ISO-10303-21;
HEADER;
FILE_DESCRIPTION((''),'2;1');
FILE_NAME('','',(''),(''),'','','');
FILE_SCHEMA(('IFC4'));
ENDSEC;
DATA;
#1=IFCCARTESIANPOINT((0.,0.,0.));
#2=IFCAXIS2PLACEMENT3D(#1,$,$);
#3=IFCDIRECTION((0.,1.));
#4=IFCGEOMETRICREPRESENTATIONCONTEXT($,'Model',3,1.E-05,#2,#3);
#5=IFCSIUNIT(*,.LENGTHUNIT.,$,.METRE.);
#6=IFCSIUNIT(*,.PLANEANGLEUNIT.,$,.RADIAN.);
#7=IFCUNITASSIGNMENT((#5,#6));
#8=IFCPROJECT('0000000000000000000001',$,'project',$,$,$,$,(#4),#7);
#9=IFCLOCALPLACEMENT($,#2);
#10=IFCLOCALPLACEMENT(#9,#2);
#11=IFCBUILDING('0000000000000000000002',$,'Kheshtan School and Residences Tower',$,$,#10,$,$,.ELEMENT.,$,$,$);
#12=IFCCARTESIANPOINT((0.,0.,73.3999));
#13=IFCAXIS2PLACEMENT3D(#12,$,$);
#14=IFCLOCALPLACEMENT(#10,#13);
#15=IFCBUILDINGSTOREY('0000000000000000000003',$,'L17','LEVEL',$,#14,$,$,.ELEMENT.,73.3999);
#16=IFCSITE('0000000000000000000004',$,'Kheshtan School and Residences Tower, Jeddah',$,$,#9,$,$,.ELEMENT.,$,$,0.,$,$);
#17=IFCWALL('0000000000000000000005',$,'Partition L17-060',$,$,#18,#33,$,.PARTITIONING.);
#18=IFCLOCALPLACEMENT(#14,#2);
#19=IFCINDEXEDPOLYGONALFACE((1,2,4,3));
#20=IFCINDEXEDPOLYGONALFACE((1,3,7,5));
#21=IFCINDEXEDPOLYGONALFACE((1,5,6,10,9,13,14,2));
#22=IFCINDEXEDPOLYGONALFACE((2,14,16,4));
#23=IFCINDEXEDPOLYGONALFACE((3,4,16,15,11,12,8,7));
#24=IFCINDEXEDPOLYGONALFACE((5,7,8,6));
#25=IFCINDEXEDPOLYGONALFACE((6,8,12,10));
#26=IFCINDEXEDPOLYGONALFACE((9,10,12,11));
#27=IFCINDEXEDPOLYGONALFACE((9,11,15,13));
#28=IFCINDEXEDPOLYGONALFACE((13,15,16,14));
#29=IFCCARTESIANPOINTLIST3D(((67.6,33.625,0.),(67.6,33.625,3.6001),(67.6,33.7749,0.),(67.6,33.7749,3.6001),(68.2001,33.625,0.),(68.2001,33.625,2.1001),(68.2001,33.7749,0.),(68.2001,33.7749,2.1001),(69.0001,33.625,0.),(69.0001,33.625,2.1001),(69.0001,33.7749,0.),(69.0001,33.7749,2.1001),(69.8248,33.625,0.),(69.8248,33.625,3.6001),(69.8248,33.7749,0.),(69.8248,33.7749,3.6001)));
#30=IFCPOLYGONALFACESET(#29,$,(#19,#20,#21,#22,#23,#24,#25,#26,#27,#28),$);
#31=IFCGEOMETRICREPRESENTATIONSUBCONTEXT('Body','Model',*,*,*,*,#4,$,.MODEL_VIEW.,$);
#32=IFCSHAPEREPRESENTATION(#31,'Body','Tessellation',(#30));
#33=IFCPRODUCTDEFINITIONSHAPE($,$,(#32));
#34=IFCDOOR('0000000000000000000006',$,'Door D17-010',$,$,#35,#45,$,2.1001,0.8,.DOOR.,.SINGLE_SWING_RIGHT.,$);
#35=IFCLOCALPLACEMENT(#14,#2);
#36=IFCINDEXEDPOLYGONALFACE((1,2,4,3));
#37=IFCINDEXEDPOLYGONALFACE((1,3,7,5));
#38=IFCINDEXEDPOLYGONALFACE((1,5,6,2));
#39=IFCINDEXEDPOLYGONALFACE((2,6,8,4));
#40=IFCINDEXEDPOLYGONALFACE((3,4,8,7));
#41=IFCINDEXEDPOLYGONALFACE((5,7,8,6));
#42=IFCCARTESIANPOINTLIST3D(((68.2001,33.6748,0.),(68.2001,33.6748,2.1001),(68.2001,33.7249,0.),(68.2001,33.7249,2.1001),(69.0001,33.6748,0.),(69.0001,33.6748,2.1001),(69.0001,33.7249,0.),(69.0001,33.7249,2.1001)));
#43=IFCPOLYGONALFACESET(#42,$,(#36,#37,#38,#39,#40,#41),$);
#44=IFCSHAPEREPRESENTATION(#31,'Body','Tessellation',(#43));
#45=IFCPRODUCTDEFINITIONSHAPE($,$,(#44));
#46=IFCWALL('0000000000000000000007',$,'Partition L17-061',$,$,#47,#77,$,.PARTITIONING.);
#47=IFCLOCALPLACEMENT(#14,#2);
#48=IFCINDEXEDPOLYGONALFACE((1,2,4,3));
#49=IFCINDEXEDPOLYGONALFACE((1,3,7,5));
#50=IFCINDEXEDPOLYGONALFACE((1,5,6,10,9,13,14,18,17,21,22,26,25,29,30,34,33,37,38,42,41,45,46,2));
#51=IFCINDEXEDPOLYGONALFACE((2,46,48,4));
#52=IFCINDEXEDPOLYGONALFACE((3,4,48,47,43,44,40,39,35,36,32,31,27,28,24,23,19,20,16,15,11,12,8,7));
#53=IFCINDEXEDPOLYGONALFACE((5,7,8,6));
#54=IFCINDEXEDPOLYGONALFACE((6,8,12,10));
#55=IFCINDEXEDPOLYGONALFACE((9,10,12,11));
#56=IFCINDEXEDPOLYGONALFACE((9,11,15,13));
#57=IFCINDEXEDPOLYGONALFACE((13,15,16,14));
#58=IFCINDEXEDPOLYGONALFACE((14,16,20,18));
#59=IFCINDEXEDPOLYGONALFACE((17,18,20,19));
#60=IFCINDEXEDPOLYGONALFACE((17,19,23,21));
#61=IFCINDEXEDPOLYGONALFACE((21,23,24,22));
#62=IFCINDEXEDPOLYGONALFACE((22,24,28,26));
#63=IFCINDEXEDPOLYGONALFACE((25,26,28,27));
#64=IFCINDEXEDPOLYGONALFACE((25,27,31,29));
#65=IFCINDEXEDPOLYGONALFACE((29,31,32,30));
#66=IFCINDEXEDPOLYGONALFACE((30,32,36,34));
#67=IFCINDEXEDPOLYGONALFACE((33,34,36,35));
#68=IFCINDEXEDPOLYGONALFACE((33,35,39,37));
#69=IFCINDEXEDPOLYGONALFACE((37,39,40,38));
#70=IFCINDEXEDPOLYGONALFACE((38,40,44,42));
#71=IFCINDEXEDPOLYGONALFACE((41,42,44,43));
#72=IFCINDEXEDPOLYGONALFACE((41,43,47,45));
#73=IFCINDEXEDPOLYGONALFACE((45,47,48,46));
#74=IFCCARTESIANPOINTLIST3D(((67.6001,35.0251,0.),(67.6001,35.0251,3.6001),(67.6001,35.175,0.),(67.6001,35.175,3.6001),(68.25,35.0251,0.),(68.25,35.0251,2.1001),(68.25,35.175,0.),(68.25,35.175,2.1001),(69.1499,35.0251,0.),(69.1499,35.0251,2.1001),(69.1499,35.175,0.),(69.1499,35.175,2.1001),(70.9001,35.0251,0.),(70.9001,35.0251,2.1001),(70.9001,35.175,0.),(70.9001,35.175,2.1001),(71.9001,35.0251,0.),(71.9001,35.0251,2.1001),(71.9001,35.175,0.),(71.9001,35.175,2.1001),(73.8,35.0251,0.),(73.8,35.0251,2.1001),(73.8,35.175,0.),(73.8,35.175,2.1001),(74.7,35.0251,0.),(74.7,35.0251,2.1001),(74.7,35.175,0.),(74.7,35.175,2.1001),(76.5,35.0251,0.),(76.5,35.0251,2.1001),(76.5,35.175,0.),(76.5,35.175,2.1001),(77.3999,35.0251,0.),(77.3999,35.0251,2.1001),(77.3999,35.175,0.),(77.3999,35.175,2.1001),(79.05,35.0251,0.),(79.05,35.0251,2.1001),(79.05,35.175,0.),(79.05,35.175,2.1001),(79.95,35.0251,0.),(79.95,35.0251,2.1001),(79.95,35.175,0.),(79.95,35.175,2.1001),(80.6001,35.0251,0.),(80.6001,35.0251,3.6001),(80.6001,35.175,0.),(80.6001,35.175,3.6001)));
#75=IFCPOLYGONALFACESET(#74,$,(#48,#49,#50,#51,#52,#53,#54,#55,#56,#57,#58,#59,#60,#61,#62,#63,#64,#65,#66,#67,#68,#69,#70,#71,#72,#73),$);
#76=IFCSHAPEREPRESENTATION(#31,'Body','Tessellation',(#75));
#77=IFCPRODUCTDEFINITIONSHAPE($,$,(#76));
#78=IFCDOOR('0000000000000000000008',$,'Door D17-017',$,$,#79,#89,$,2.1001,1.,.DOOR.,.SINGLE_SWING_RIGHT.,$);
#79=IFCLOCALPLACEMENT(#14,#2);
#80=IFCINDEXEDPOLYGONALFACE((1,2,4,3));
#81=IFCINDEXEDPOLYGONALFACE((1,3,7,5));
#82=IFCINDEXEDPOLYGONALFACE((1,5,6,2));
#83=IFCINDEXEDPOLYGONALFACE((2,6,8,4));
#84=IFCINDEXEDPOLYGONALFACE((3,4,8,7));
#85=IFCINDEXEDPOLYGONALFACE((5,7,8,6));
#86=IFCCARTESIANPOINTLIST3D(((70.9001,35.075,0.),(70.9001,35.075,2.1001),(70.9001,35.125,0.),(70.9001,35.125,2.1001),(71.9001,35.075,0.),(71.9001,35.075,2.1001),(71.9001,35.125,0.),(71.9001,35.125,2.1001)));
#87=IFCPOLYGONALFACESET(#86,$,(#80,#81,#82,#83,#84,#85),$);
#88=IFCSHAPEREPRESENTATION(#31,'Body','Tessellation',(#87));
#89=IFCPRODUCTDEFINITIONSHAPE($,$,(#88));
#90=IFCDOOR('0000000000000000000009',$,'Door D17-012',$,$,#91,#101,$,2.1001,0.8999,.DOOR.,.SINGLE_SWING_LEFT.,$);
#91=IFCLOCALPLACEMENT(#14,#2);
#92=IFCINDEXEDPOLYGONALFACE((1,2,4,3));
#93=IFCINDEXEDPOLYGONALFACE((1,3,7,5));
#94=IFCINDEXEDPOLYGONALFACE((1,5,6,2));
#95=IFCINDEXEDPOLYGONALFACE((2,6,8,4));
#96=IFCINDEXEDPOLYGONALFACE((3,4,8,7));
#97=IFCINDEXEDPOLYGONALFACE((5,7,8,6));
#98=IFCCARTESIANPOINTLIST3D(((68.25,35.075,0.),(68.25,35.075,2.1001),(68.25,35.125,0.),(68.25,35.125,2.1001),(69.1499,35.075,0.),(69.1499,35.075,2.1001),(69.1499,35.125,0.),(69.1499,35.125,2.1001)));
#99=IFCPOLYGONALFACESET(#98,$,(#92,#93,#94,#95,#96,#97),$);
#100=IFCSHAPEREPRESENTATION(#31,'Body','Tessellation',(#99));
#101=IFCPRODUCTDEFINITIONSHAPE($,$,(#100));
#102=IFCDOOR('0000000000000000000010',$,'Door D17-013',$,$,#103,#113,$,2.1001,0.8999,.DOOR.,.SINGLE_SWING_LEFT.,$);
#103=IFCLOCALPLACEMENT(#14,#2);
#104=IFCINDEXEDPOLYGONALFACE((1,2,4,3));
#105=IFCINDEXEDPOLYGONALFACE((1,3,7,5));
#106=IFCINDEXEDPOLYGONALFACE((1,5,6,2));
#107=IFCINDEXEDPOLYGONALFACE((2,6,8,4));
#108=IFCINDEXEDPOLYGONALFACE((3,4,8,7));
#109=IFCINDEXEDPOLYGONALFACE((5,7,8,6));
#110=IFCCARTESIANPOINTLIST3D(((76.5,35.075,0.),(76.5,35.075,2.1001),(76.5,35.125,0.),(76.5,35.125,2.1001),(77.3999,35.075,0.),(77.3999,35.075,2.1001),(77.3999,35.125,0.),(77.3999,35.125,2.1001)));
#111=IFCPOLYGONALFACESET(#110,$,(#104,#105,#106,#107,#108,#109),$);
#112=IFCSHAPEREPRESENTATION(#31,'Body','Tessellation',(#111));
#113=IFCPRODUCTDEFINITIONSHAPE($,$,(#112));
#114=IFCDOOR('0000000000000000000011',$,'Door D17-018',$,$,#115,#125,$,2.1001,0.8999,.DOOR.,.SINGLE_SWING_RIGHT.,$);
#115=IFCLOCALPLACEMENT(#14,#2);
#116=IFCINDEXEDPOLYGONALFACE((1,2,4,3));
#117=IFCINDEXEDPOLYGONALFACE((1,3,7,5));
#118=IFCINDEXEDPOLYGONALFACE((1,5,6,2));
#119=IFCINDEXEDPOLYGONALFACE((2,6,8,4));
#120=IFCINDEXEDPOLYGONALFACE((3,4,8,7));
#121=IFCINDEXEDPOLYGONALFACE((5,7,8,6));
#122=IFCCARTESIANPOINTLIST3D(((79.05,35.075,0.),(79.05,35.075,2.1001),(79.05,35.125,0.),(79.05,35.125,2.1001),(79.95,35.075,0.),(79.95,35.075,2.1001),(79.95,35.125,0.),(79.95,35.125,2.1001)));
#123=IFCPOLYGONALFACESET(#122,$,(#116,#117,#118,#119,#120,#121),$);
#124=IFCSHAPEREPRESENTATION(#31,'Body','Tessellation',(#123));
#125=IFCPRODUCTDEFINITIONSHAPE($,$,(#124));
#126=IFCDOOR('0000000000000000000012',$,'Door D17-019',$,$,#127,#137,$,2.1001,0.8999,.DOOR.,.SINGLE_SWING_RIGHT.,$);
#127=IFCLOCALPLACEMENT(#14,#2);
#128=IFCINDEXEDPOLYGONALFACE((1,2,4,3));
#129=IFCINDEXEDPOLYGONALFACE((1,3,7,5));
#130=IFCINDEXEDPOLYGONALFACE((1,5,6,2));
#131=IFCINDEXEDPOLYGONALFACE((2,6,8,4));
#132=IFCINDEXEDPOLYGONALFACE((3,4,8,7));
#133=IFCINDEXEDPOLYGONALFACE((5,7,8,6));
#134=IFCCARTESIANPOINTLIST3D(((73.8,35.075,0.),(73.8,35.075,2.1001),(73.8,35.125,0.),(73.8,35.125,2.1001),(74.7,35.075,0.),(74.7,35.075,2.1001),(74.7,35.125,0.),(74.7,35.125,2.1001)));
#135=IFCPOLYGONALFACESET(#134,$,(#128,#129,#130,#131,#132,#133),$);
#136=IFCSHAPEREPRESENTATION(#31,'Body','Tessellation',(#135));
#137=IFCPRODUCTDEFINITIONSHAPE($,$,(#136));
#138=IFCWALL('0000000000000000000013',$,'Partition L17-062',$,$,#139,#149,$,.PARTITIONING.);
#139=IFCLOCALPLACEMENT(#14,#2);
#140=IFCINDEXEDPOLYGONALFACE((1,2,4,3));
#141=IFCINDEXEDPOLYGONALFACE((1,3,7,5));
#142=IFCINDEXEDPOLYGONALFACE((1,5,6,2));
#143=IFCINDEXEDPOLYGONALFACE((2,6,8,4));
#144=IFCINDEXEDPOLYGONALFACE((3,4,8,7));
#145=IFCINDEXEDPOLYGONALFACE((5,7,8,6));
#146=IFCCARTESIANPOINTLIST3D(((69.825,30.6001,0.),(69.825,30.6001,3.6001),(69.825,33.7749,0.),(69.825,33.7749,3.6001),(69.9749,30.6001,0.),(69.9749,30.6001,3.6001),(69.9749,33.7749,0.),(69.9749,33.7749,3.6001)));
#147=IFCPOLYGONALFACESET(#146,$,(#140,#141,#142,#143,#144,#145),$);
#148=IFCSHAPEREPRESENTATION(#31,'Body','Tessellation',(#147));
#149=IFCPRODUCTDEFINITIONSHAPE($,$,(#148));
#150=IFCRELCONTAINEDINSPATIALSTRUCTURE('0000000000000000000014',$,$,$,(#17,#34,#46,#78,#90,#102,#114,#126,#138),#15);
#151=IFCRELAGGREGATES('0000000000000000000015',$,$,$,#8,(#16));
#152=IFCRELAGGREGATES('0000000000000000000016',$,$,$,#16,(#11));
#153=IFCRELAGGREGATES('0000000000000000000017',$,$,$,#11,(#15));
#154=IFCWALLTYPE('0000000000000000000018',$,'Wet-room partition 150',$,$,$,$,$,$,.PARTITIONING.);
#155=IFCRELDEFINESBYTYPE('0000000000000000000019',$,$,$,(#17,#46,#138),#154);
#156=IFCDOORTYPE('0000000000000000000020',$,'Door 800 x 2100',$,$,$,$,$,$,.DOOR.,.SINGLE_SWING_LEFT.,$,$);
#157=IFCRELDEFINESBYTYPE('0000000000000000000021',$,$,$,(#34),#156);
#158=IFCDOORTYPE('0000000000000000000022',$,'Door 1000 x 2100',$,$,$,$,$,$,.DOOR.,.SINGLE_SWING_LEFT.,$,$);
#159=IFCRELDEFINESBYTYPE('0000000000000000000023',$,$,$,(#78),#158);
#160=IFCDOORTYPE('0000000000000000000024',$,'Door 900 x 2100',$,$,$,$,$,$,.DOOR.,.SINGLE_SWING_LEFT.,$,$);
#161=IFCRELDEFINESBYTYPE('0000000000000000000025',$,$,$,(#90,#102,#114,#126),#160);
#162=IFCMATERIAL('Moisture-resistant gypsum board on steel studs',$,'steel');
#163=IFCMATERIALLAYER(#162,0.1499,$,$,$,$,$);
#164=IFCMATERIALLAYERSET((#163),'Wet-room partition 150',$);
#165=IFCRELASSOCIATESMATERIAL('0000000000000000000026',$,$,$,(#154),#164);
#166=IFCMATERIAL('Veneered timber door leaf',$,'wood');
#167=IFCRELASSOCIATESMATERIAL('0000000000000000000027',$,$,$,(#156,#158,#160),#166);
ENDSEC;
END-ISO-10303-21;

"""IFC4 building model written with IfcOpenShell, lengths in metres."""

from ifc_helpers import new_model, si_unit, direction, frame, frame_2d, origin, place, context, subcontext, project, spatial, rectangle, extrude, source, transform, mapped, material, layer, layer_set, type_object, element, fill, save


model = new_model("IFC4")

# Units and contexts
model_context = context("Model", 3, precision=1e-05, world=origin(), true_north=direction((0.0, 1.0)))
body_context = subcontext(model_context, "Body", "Model", "MODEL_VIEW")
ifc_project = project(units=[si_unit("LENGTHUNIT", "METRE"), si_unit("PLANEANGLEUNIT", "RADIAN")], contexts=[model_context])

# Site, building, storey
site_placement = place(None, origin())
site = spatial("IfcSite", under=ifc_project, at=site_placement, Name="Kheshtan School and Residences Tower, Jeddah", CompositionType="ELEMENT", RefElevation=0.0)
building_placement = place(site_placement, origin())
building = spatial("IfcBuilding", under=site, at=building_placement, Name="Kheshtan School and Residences Tower", CompositionType="ELEMENT")
storey_placement = place(building_placement, frame((0.0, 0.0, 73.3999)))
storey = spatial("IfcBuildingStorey", under=building, at=storey_placement, Name="L17", Description="LEVEL", CompositionType="ELEMENT", Elevation=73.3999)

# Wall, opening, door
ifc_material_1 = material(Name="Moisture-resistant gypsum board on steel studs", Category="steel")
ifc_layer_1 = layer(ifc_material_1, 0.1499)
ifc_layer_set_1 = layer_set([ifc_layer_1], Name="Wet-room partition 150")
wall_type_1 = type_object("IfcWallType", Name="Wet-room partition 150", PredefinedType="PARTITIONING", material=ifc_layer_set_1)
wall_1_placement = place(storey_placement, frame((67.6001, 33.7, 0.0), z_axis=(0.0, 0.0, 1.0), x_axis=(1.0, 0.0, 0.0)))
wall_1 = element("IfcWall", 1, at=wall_1_placement, inside=storey, type_object=wall_type_1, Name="Partition L17-060", PredefinedType="PARTITIONING", context=body_context, shape_type="SweptSolid", body=[
    extrude(rectangle(XDim=2.2249, YDim=0.1499, at=frame_2d((1.1123, 0.0))), origin(), (0.0, 0.0, 1.0), 3.6001),
])
opening_1_placement = place(wall_1_placement, frame((0.6001, 0.0, 0.0)))
opening_1 = element("IfcOpeningElement", 2, at=opening_1_placement, cuts=wall_1, PredefinedType="OPENING", context=body_context, shape_type="SweptSolid", body=[
    extrude(rectangle(XDim=0.8, YDim=2.1001, at=frame_2d((0.3999, 1.05))), frame((0.0, 0.085, 0.0), z_axis=(0.0, -1.0, 0.0), x_axis=(1.0, 0.0, 0.0)), (0.0, 0.0, 1.0), 0.1699),
])
ifc_material_2 = material(Name="Veneered timber door leaf", Category="wood")
door_type_1 = type_object("IfcDoorType", Name="Door 800 x 2100", OperationType="SINGLE_SWING_LEFT", PredefinedType="DOOR", material=ifc_material_2)
shared_shape_1 = source(origin(), body_context, "Body", "SweptSolid", [
    extrude(rectangle(XDim=0.8, YDim=2.1001, at=frame_2d((0.3999, 1.05))), frame((0.0, 0.0249, 0.0), z_axis=(0.0, -1.0, 0.0), x_axis=(1.0, 0.0, 0.0)), (0.0, 0.0, 1.0), 0.05),
])
door_1_placement = place(opening_1_placement, origin())
door_1 = element("IfcDoor", 3, at=door_1_placement, inside=storey, type_object=door_type_1, Name="Door D17-010", OperationType="SINGLE_SWING_RIGHT", OverallHeight=2.1001, OverallWidth=0.8, PredefinedType="DOOR", context=body_context, shape_type="MappedRepresentation", body=[
    mapped(shared_shape_1, transform((0.0, 0.0, 0.0), x_axis=(1.0, 0.0, 0.0), y_axis=(0.0, 1.0, 0.0), z_axis=(0.0, 0.0, 1.0), scale=1.0)),
])
fill(opening_1, door_1)

# Wall, openings, doors
wall_2_placement = place(storey_placement, frame((67.6001, 35.1001, 0.0), z_axis=(0.0, 0.0, 1.0), x_axis=(1.0, 0.0, 0.0)))
wall_2 = element("IfcWall", 4, at=wall_2_placement, inside=storey, type_object=wall_type_1, Name="Partition L17-061", PredefinedType="PARTITIONING", context=body_context, shape_type="SweptSolid", body=[
    extrude(rectangle(XDim=13.0, YDim=0.1499, at=frame_2d((6.5, 0.0))), origin(), (0.0, 0.0, 1.0), 3.6001),
])
opening_2_placement = place(wall_2_placement, frame((0.6499, 0.0, 0.0)))
opening_2 = element("IfcOpeningElement", 5, at=opening_2_placement, cuts=wall_2, PredefinedType="OPENING", context=body_context, shape_type="SweptSolid", body=[
    extrude(rectangle(XDim=0.8999, YDim=2.1001, at=frame_2d((0.45, 1.05))), frame((0.0, 0.085, 0.0), z_axis=(0.0, -1.0, 0.0), x_axis=(1.0, 0.0, 0.0)), (0.0, 0.0, 1.0), 0.1699),
])
opening_3_placement = place(wall_2_placement, frame((8.8999, 0.0, 0.0)))
opening_3 = element("IfcOpeningElement", 6, at=opening_3_placement, cuts=wall_2, PredefinedType="OPENING", context=body_context, shape_type="SweptSolid", body=[
    extrude(rectangle(XDim=0.8999, YDim=2.1001, at=frame_2d((0.45, 1.05))), frame((0.0, 0.085, 0.0), z_axis=(0.0, -1.0, 0.0), x_axis=(1.0, 0.0, 0.0)), (0.0, 0.0, 1.0), 0.1699),
])
opening_4_placement = place(wall_2_placement, frame((3.3, 0.0, 0.0)))
opening_4 = element("IfcOpeningElement", 7, at=opening_4_placement, cuts=wall_2, PredefinedType="OPENING", context=body_context, shape_type="SweptSolid", body=[
    extrude(rectangle(XDim=1.0, YDim=2.1001, at=frame_2d((0.5, 1.05))), frame((0.0, 0.085, 0.0), z_axis=(0.0, -1.0, 0.0), x_axis=(1.0, 0.0, 0.0)), (0.0, 0.0, 1.0), 0.1699),
])
opening_5_placement = place(wall_2_placement, frame((11.45, 0.0, 0.0)))
opening_5 = element("IfcOpeningElement", 8, at=opening_5_placement, cuts=wall_2, PredefinedType="OPENING", context=body_context, shape_type="SweptSolid", body=[
    extrude(rectangle(XDim=0.8999, YDim=2.1001, at=frame_2d((0.45, 1.05))), frame((0.0, 0.085, 0.0), z_axis=(0.0, -1.0, 0.0), x_axis=(1.0, 0.0, 0.0)), (0.0, 0.0, 1.0), 0.1699),
])
opening_6_placement = place(wall_2_placement, frame((6.2, 0.0, 0.0)))
opening_6 = element("IfcOpeningElement", 9, at=opening_6_placement, cuts=wall_2, PredefinedType="OPENING", context=body_context, shape_type="SweptSolid", body=[
    extrude(rectangle(XDim=0.8999, YDim=2.1001, at=frame_2d((0.45, 1.05))), frame((0.0, 0.085, 0.0), z_axis=(0.0, -1.0, 0.0), x_axis=(1.0, 0.0, 0.0)), (0.0, 0.0, 1.0), 0.1699),
])
door_type_2 = type_object("IfcDoorType", Name="Door 1000 x 2100", OperationType="SINGLE_SWING_LEFT", PredefinedType="DOOR", material=ifc_material_2)
shared_shape_2 = source(origin(), body_context, "Body", "SweptSolid", [
    extrude(rectangle(XDim=1.0, YDim=2.1001, at=frame_2d((0.5, 1.05))), frame((0.0, 0.0249, 0.0), z_axis=(0.0, -1.0, 0.0), x_axis=(1.0, 0.0, 0.0)), (0.0, 0.0, 1.0), 0.05),
])
door_2_placement = place(opening_4_placement, origin())
door_2 = element("IfcDoor", 10, at=door_2_placement, inside=storey, type_object=door_type_2, Name="Door D17-017", OperationType="SINGLE_SWING_RIGHT", OverallHeight=2.1001, OverallWidth=1.0, PredefinedType="DOOR", context=body_context, shape_type="MappedRepresentation", body=[
    mapped(shared_shape_2, transform((0.0, 0.0, 0.0), x_axis=(1.0, 0.0, 0.0), y_axis=(0.0, 1.0, 0.0), z_axis=(0.0, 0.0, 1.0), scale=1.0)),
])
fill(opening_4, door_2)
door_type_3 = type_object("IfcDoorType", Name="Door 900 x 2100", OperationType="SINGLE_SWING_LEFT", PredefinedType="DOOR", material=ifc_material_2)
shared_shape_3 = source(origin(), body_context, "Body", "SweptSolid", [
    extrude(rectangle(XDim=0.8999, YDim=2.1001, at=frame_2d((0.45, 1.05))), frame((0.0, 0.0249, 0.0), z_axis=(0.0, -1.0, 0.0), x_axis=(1.0, 0.0, 0.0)), (0.0, 0.0, 1.0), 0.05),
])
door_3_placement = place(opening_2_placement, origin())
door_3 = element("IfcDoor", 11, at=door_3_placement, inside=storey, type_object=door_type_3, Name="Door D17-012", OperationType="SINGLE_SWING_LEFT", OverallHeight=2.1001, OverallWidth=0.8999, PredefinedType="DOOR", context=body_context, shape_type="MappedRepresentation", body=[
    mapped(shared_shape_3, transform((0.0, 0.0, 0.0), x_axis=(1.0, 0.0, 0.0), y_axis=(0.0, 1.0, 0.0), z_axis=(0.0, 0.0, 1.0), scale=1.0)),
])
fill(opening_2, door_3)
door_4_placement = place(opening_3_placement, origin())
door_4 = element("IfcDoor", 12, at=door_4_placement, inside=storey, type_object=door_type_3, Name="Door D17-013", OperationType="SINGLE_SWING_LEFT", OverallHeight=2.1001, OverallWidth=0.8999, PredefinedType="DOOR", context=body_context, shape_type="MappedRepresentation", body=[
    mapped(shared_shape_3, transform((0.0, 0.0, 0.0), x_axis=(1.0, 0.0, 0.0), y_axis=(0.0, 1.0, 0.0), z_axis=(0.0, 0.0, 1.0), scale=1.0)),
])
fill(opening_3, door_4)
door_5_placement = place(opening_5_placement, origin())
door_5 = element("IfcDoor", 13, at=door_5_placement, inside=storey, type_object=door_type_3, Name="Door D17-018", OperationType="SINGLE_SWING_RIGHT", OverallHeight=2.1001, OverallWidth=0.8999, PredefinedType="DOOR", context=body_context, shape_type="MappedRepresentation", body=[
    mapped(shared_shape_3, transform((0.0, 0.0, 0.0), x_axis=(1.0, 0.0, 0.0), y_axis=(0.0, 1.0, 0.0), z_axis=(0.0, 0.0, 1.0), scale=1.0)),
])
fill(opening_5, door_5)
door_6_placement = place(opening_6_placement, origin())
door_6 = element("IfcDoor", 14, at=door_6_placement, inside=storey, type_object=door_type_3, Name="Door D17-019", OperationType="SINGLE_SWING_RIGHT", OverallHeight=2.1001, OverallWidth=0.8999, PredefinedType="DOOR", context=body_context, shape_type="MappedRepresentation", body=[
    mapped(shared_shape_3, transform((0.0, 0.0, 0.0), x_axis=(1.0, 0.0, 0.0), y_axis=(0.0, 1.0, 0.0), z_axis=(0.0, 0.0, 1.0), scale=1.0)),
])
fill(opening_6, door_6)

# Wall
wall_3_placement = place(storey_placement, frame((69.8999, 30.6001, 0.0), z_axis=(0.0, 0.0, 1.0), x_axis=(0.0, 1.0, 0.0)))
element("IfcWall", 15, at=wall_3_placement, inside=storey, type_object=wall_type_1, Name="Partition L17-062", PredefinedType="PARTITIONING", context=body_context, shape_type="SweptSolid", body=[
    extrude(rectangle(XDim=3.1748, YDim=0.1499, at=frame_2d((1.5874, 0.0))), origin(), (0.0, 0.0, 1.0), 3.6001),
])

save(model, "model.ifc")
